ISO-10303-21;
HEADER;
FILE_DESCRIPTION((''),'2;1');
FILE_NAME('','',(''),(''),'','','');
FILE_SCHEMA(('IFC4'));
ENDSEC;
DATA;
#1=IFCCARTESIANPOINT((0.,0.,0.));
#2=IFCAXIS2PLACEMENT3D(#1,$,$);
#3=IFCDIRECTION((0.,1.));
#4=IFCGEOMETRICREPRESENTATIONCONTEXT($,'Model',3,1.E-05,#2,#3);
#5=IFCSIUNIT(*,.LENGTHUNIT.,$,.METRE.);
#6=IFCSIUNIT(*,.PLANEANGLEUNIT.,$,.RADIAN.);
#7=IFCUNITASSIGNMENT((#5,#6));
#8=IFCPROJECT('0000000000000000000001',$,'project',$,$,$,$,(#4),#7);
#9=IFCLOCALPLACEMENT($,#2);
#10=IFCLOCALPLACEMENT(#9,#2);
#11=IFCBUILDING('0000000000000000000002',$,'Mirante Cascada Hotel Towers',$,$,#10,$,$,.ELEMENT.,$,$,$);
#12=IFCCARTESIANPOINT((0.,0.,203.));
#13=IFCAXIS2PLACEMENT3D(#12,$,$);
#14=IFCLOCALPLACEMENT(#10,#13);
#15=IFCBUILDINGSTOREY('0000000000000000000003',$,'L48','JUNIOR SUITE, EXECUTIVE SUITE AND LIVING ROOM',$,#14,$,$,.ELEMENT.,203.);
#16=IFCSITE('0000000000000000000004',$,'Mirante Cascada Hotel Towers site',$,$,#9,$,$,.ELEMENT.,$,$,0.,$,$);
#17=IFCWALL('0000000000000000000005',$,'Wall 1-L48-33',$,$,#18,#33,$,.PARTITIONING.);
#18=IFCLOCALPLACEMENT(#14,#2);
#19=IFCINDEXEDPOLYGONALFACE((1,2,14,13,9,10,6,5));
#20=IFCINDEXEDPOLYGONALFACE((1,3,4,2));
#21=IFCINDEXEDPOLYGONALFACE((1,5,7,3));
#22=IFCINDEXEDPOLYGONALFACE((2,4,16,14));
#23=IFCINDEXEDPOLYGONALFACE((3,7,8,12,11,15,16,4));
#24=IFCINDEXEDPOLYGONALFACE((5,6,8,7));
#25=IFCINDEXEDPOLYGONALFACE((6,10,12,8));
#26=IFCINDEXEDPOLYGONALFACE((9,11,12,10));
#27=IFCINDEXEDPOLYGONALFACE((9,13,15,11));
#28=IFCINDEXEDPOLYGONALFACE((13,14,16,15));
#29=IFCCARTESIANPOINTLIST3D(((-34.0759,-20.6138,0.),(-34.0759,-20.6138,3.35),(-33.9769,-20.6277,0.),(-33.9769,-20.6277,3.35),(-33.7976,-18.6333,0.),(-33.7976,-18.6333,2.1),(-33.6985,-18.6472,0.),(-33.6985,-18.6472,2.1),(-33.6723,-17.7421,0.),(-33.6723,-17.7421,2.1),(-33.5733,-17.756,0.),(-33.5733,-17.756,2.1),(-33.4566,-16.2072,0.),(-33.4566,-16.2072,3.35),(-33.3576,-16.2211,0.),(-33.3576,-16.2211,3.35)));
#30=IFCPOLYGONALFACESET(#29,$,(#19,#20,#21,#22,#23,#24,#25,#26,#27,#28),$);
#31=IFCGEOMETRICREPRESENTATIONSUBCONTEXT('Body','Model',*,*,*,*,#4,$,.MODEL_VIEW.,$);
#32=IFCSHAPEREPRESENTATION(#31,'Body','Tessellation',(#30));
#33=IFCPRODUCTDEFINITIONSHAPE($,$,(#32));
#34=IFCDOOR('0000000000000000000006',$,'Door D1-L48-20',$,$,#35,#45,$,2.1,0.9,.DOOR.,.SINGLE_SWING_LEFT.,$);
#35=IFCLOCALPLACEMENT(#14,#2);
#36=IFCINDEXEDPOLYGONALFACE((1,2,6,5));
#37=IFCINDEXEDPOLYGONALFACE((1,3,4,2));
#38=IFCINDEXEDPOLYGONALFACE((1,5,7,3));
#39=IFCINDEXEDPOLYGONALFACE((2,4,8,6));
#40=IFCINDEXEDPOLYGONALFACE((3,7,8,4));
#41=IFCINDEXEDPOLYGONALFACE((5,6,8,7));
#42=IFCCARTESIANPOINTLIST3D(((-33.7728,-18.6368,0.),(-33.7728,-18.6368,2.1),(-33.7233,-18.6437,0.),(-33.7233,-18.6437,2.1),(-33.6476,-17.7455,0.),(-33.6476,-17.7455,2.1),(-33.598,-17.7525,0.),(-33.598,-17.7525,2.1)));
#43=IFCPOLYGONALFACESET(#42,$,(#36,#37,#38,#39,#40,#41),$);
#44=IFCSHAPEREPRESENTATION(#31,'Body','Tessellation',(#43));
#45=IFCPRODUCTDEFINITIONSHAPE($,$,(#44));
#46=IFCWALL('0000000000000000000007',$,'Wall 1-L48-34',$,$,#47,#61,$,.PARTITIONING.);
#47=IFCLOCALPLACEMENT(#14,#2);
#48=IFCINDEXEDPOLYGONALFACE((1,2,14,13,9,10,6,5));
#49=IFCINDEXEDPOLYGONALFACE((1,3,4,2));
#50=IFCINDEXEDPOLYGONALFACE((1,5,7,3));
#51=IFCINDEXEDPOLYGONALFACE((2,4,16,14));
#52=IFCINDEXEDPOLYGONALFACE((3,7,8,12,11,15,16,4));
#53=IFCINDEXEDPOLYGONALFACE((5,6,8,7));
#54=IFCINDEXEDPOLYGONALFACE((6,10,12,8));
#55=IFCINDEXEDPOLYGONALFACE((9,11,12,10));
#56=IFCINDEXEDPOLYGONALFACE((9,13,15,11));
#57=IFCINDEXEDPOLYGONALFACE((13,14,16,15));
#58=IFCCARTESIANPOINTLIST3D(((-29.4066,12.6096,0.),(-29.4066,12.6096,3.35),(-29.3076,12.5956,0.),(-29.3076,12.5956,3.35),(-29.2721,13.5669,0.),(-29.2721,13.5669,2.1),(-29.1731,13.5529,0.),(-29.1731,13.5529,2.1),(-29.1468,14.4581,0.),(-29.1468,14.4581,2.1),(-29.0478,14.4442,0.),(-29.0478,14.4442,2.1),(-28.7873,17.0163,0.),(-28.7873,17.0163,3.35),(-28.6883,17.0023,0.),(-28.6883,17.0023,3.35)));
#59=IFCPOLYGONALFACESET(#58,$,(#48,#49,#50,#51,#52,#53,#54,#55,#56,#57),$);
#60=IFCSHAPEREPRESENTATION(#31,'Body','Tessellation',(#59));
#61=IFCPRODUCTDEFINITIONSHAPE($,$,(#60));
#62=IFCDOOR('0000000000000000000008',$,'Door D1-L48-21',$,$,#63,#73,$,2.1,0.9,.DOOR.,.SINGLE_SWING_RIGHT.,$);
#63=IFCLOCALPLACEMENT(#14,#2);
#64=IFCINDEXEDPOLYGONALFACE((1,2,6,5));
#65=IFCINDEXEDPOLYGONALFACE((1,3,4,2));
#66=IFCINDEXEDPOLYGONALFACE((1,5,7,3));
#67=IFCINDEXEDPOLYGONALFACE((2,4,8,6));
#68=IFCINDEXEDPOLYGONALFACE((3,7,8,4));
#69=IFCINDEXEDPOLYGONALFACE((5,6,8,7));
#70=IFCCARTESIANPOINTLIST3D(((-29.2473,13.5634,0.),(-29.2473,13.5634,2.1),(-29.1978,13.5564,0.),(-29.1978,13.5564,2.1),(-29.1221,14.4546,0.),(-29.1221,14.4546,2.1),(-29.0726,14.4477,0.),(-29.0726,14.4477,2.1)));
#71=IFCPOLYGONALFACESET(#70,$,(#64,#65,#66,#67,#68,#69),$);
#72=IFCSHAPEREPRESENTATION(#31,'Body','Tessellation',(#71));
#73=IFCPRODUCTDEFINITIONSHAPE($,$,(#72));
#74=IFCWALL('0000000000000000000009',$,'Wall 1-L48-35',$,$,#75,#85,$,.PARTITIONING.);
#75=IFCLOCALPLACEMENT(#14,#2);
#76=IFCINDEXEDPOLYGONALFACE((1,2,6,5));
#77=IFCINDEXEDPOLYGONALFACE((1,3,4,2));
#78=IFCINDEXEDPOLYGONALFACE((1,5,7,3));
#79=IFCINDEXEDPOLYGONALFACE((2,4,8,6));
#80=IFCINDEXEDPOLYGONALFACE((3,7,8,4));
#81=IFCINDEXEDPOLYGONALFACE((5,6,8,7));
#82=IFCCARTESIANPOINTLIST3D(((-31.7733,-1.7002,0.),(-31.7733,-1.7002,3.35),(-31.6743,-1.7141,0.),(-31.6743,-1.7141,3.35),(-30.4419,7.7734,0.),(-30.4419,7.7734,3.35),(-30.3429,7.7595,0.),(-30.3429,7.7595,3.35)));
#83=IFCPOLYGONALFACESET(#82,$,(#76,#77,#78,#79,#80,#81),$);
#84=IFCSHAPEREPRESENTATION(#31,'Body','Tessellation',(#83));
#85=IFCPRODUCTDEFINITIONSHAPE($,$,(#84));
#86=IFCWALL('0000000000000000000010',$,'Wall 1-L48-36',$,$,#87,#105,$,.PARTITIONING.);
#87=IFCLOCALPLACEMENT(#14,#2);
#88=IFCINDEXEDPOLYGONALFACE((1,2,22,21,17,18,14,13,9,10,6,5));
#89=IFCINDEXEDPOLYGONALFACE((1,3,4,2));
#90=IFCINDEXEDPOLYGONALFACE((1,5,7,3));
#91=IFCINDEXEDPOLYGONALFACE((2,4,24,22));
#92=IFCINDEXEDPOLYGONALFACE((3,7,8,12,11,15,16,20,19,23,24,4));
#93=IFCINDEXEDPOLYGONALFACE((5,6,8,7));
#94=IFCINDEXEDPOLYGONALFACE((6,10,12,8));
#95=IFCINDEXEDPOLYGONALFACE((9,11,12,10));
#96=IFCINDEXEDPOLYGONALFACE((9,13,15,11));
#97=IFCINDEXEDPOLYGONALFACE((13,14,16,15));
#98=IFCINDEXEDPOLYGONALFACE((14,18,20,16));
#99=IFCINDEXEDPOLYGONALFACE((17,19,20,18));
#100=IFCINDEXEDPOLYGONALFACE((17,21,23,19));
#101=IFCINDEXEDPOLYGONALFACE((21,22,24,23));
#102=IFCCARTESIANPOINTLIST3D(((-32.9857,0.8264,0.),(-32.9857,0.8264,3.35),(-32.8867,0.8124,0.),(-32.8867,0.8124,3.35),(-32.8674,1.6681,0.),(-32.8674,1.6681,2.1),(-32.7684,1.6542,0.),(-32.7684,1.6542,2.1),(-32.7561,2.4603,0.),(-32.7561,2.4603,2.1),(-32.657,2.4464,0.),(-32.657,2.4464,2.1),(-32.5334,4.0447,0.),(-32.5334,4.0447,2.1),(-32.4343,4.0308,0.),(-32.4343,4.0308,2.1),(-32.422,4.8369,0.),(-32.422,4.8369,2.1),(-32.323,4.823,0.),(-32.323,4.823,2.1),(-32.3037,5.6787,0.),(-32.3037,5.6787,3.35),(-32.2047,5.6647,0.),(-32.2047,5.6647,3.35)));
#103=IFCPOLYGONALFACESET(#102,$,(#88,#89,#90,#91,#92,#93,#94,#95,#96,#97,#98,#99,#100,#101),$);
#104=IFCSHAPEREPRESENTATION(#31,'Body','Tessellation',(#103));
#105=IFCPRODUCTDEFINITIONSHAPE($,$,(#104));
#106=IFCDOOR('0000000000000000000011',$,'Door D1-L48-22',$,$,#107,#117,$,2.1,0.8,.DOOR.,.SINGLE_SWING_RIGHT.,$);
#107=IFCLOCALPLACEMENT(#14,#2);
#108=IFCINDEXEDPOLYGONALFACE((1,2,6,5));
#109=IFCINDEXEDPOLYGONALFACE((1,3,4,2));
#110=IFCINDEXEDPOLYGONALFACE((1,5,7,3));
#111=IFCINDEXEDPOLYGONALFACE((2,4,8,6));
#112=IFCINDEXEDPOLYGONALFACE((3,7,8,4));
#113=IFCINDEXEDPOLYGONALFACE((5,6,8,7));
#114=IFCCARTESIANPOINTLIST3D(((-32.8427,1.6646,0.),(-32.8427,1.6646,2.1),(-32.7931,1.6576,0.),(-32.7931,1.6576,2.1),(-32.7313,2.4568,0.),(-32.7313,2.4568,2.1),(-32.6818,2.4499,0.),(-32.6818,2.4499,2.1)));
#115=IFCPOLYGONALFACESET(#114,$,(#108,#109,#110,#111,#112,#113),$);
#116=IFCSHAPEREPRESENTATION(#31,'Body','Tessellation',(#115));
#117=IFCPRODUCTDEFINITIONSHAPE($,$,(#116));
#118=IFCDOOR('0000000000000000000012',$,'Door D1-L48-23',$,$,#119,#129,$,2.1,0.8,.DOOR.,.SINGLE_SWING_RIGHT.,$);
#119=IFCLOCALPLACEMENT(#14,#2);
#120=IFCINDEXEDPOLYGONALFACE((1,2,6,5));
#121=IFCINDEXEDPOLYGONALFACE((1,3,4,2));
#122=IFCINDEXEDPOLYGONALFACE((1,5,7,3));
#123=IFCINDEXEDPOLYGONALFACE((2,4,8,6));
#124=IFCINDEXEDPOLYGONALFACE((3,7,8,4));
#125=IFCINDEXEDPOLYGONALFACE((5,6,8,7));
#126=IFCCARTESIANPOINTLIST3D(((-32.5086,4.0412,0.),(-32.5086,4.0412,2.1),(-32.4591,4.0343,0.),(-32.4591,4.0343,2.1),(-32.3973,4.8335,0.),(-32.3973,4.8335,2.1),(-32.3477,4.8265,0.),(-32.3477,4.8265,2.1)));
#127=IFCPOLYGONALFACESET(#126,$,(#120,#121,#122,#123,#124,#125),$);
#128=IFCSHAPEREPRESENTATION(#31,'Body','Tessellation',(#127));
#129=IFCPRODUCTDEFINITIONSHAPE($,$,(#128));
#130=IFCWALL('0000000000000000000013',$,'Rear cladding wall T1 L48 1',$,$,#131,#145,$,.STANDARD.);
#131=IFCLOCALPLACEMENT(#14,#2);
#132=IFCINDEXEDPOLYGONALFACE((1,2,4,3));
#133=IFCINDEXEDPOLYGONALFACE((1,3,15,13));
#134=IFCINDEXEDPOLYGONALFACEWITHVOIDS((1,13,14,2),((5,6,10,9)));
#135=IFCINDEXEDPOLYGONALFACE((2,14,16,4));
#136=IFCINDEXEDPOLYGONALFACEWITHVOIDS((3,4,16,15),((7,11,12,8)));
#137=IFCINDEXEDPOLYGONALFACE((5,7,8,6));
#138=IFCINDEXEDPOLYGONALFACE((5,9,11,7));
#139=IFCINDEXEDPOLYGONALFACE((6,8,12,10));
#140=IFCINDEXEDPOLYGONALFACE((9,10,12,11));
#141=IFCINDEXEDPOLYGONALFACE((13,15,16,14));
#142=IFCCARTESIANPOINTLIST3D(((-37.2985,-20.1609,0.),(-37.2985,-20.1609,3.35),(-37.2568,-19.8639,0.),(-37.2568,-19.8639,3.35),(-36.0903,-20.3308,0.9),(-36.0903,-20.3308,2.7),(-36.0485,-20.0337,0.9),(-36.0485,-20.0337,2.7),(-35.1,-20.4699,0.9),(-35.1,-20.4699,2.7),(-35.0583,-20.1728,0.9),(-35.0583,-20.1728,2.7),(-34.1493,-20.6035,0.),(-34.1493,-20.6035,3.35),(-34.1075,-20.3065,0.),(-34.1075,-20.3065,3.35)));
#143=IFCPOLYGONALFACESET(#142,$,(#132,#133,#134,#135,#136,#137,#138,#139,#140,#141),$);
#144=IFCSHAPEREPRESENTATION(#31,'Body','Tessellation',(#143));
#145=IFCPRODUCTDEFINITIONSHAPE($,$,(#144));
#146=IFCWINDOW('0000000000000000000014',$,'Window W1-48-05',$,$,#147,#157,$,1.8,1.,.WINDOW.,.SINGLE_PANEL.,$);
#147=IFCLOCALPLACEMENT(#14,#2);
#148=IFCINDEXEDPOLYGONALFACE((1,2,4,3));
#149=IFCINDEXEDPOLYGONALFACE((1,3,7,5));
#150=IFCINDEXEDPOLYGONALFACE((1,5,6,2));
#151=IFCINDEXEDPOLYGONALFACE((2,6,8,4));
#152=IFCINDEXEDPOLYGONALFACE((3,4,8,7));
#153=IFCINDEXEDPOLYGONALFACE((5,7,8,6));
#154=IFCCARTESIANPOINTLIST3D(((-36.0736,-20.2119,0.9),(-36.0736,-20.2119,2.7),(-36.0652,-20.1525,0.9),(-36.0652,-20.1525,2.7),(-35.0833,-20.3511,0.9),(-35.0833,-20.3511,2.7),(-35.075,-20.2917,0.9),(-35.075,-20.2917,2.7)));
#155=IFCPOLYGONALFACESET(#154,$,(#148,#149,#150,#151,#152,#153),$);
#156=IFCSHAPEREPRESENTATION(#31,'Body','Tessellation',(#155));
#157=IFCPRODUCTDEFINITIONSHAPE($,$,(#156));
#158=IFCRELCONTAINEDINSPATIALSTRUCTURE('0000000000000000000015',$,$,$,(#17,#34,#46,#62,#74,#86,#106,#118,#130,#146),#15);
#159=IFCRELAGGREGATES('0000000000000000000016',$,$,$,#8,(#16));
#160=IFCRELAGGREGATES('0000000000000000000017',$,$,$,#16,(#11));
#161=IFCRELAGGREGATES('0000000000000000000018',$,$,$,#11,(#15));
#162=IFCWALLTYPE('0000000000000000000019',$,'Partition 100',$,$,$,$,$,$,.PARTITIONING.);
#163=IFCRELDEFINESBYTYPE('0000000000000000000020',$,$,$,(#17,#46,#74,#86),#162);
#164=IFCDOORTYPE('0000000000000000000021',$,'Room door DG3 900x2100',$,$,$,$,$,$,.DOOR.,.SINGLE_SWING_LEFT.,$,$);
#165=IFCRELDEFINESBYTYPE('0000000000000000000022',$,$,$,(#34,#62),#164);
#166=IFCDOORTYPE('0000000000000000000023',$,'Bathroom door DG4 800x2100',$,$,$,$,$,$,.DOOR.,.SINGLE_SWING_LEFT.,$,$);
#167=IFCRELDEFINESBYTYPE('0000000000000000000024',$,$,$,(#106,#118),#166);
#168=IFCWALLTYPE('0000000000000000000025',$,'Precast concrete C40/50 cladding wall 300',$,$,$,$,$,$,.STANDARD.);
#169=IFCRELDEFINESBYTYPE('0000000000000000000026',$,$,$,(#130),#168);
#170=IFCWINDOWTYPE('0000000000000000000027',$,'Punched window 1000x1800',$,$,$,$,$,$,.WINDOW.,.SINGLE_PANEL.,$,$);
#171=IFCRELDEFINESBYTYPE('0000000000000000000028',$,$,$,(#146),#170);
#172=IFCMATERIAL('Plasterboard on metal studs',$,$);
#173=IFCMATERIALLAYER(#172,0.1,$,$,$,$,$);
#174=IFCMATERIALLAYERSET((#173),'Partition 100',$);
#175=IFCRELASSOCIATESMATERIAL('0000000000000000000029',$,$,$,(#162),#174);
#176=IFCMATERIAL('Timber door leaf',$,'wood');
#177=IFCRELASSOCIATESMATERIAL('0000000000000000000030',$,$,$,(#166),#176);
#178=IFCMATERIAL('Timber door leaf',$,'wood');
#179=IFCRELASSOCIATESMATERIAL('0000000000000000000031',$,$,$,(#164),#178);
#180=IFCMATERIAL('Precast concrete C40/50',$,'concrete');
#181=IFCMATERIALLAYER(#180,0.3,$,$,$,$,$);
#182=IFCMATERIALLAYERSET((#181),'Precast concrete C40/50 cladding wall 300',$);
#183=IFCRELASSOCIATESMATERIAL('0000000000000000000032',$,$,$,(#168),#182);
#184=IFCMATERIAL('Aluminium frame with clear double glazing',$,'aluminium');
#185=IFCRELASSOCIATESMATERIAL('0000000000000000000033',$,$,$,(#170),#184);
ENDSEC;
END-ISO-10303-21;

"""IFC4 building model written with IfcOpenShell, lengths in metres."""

from ifc_helpers import new_model, si_unit, direction, frame, frame_2d, origin, place, context, subcontext, project, spatial, rectangle, extrude, material, layer, layer_set, type_object, element, fill, save


model = new_model("IFC4")

# Units and contexts
model_context = context("Model", 3, precision=1e-05, world=origin(), true_north=direction((0.0, 1.0)))
body_context = subcontext(model_context, "Body", "Model", "MODEL_VIEW")
ifc_project = project(units=[si_unit("LENGTHUNIT", "METRE"), si_unit("PLANEANGLEUNIT", "RADIAN")], contexts=[model_context])

# Site, building, storey
site_placement = place(None, origin())
site = spatial("IfcSite", under=ifc_project, at=site_placement, Name="Mirante Cascada Hotel Towers site", CompositionType="ELEMENT", RefElevation=0.0)
building_placement = place(site_placement, origin())
building = spatial("IfcBuilding", under=site, at=building_placement, Name="Mirante Cascada Hotel Towers", CompositionType="ELEMENT")
storey_placement = place(building_placement, frame((0.0, 0.0, 203.0)))
storey = spatial("IfcBuildingStorey", under=building, at=storey_placement, Name="L48", Description="JUNIOR SUITE, EXECUTIVE SUITE AND LIVING ROOM", CompositionType="ELEMENT", Elevation=203.0)

# Shared definitions
ifc_material_1 = material(Name="Plasterboard on metal studs")
ifc_layer_1 = layer(ifc_material_1, 0.1)
ifc_layer_set_1 = layer_set([ifc_layer_1], Name="Partition 100")
wall_type_1 = type_object("IfcWallType", Name="Partition 100", PredefinedType="PARTITIONING", material=ifc_layer_set_1)

# Walls, openings, doors
ifc_material_2 = material(Name="Timber door leaf", Category="wood")
door_type_1 = type_object("IfcDoorType", Name="Bathroom door DG4 800x2100", OperationType="SINGLE_SWING_LEFT", PredefinedType="DOOR", material=ifc_material_2)
ifc_material_3 = material(Name="Timber door leaf", Category="wood")
door_type_2 = type_object("IfcDoorType", Name="Room door DG3 900x2100", OperationType="SINGLE_SWING_LEFT", PredefinedType="DOOR", material=ifc_material_3)
wall_1_placement = place(storey_placement, frame((-34.0264, -20.6208, 0.0), z_axis=(0.0, 0.0, 1.0), x_axis=(0.139172, 0.990268, 0.0)))
wall_1 = element("IfcWall", 1, at=wall_1_placement, inside=storey, type_object=wall_type_1, Name="Wall 1-L48-33", PredefinedType="PARTITIONING", context=body_context, shape_type="SweptSolid", body=[
    extrude(rectangle(XDim=4.4499, YDim=0.1, at=frame_2d((2.225, 0.0))), origin(), (0.0, 0.0, 1.0), 3.35),
])
opening_1_placement = place(wall_1_placement, frame((2.0, 0.0, 0.0)))
opening_1 = element("IfcOpeningElement", 2, at=opening_1_placement, cuts=wall_1, PredefinedType="OPENING", context=body_context, shape_type="SweptSolid", body=[
    extrude(rectangle(XDim=0.9, YDim=2.1, at=frame_2d((0.45, 1.05))), frame((0.0, 0.05, 0.0), z_axis=(0.0, -1.0, 0.0), x_axis=(1.0, 0.0, 0.0)), (0.0, 0.0, 1.0), 0.1),
])
door_1_placement = place(opening_1_placement, origin())
door_1 = element("IfcDoor", 3, at=door_1_placement, inside=storey, type_object=door_type_2, Name="Door D1-L48-20", OperationType="SINGLE_SWING_LEFT", OverallHeight=2.1, OverallWidth=0.9, PredefinedType="DOOR", context=body_context, shape_type="SweptSolid", body=[
    extrude(rectangle(XDim=0.9, YDim=2.1, at=frame_2d((0.45, 1.05))), frame((0.0, 0.025, 0.0), z_axis=(0.0, -1.0, 0.0), x_axis=(1.0, 0.0, 0.0)), (0.0, 0.0, 1.0), 0.05),
])
fill(opening_1, door_1)
wall_2_placement = place(storey_placement, frame((-28.7378, 17.0093, 0.0), z_axis=(0.0, 0.0, 1.0), x_axis=(-0.139168, -0.990269, 0.0)))
wall_2 = element("IfcWall", 4, at=wall_2_placement, inside=storey, type_object=wall_type_1, Name="Wall 1-L48-34", PredefinedType="PARTITIONING", context=body_context, shape_type="SweptSolid", body=[
    extrude(rectangle(XDim=4.45, YDim=0.1, at=frame_2d((2.225, 0.0))), origin(), (0.0, 0.0, 1.0), 3.35),
])
opening_2_placement = place(wall_2_placement, frame((2.5833, 0.0, 0.0)))
opening_2 = element("IfcOpeningElement", 5, at=opening_2_placement, cuts=wall_2, PredefinedType="OPENING", context=body_context, shape_type="SweptSolid", body=[
    extrude(rectangle(XDim=0.9, YDim=2.1, at=frame_2d((0.45, 1.05))), frame((0.0, 0.05, 0.0), z_axis=(0.0, -1.0, 0.0), x_axis=(1.0, 0.0, 0.0)), (0.0, 0.0, 1.0), 0.1),
])
door_2_placement = place(opening_2_placement, frame((0.9, 0.0, 0.0), z_axis=(0.0, 0.0, 1.0), x_axis=(-1.0, 0.0, 0.0)))
door_2 = element("IfcDoor", 6, at=door_2_placement, inside=storey, type_object=door_type_2, Name="Door D1-L48-21", OperationType="SINGLE_SWING_RIGHT", OverallHeight=2.1, OverallWidth=0.9, PredefinedType="DOOR", context=body_context, shape_type="SweptSolid", body=[
    extrude(rectangle(XDim=0.9, YDim=2.1, at=frame_2d((0.45, 1.05))), frame((0.0, 0.025, 0.0), z_axis=(0.0, -1.0, 0.0), x_axis=(1.0, 0.0, 0.0)), (0.0, 0.0, 1.0), 0.05),
])
fill(opening_2, door_2)

# Wall
wall_3_placement = place(storey_placement, frame((-31.7238, -1.7072, 0.0), z_axis=(0.0, 0.0, 1.0), x_axis=(0.13917, 0.990268, 0.0)))
element("IfcWall", 7, at=wall_3_placement, inside=storey, type_object=wall_type_1, Name="Wall 1-L48-35", PredefinedType="PARTITIONING", context=body_context, shape_type="SweptSolid", body=[
    extrude(rectangle(XDim=9.5667, YDim=0.1, at=frame_2d((4.7834, 0.0))), origin(), (0.0, 0.0, 1.0), 3.35),
])

# Wall, openings, doors
wall_4_placement = place(storey_placement, frame((-32.2542, 5.6717, 0.0), z_axis=(0.0, 0.0, 1.0), x_axis=(-0.139184, -0.990267, 0.0)))
wall_4 = element("IfcWall", 8, at=wall_4_placement, inside=storey, type_object=wall_type_1, Name="Wall 1-L48-36", PredefinedType="PARTITIONING", context=body_context, shape_type="SweptSolid", body=[
    extrude(rectangle(XDim=4.9, YDim=0.1, at=frame_2d((2.45, 0.0))), origin(), (0.0, 0.0, 1.0), 3.35),
])
opening_3_placement = place(wall_4_placement, frame((3.25, 0.0, 0.0)))
opening_3 = element("IfcOpeningElement", 9, at=opening_3_placement, cuts=wall_4, PredefinedType="OPENING", context=body_context, shape_type="SweptSolid", body=[
    extrude(rectangle(XDim=0.8, YDim=2.1, at=frame_2d((0.4, 1.05))), frame((0.0, 0.05, 0.0), z_axis=(0.0, -1.0, 0.0), x_axis=(1.0, 0.0, 0.0)), (0.0, 0.0, 1.0), 0.1),
])
opening_4_placement = place(wall_4_placement, frame((0.85, 0.0, 0.0)))
opening_4 = element("IfcOpeningElement", 10, at=opening_4_placement, cuts=wall_4, PredefinedType="OPENING", context=body_context, shape_type="SweptSolid", body=[
    extrude(rectangle(XDim=0.8, YDim=2.1, at=frame_2d((0.4, 1.05))), frame((0.0, 0.05, 0.0), z_axis=(0.0, -1.0, 0.0), x_axis=(1.0, 0.0, 0.0)), (0.0, 0.0, 1.0), 0.1),
])
door_3_placement = place(opening_3_placement, frame((0.8, 0.0, 0.0), z_axis=(0.0, 0.0, 1.0), x_axis=(-1.0, 0.0, 0.0)))
door_3 = element("IfcDoor", 11, at=door_3_placement, inside=storey, type_object=door_type_1, Name="Door D1-L48-22", OperationType="SINGLE_SWING_RIGHT", OverallHeight=2.1, OverallWidth=0.8, PredefinedType="DOOR", context=body_context, shape_type="SweptSolid", body=[
    extrude(rectangle(XDim=0.8, YDim=2.1, at=frame_2d((0.4, 1.05))), frame((0.0, 0.025, 0.0), z_axis=(0.0, -1.0, 0.0), x_axis=(1.0, 0.0, 0.0)), (0.0, 0.0, 1.0), 0.05),
])
fill(opening_3, door_3)
door_4_placement = place(opening_4_placement, frame((0.8, 0.0, 0.0), z_axis=(0.0, 0.0, 1.0), x_axis=(-1.0, 0.0, 0.0)))
door_4 = element("IfcDoor", 12, at=door_4_placement, inside=storey, type_object=door_type_1, Name="Door D1-L48-23", OperationType="SINGLE_SWING_RIGHT", OverallHeight=2.1, OverallWidth=0.8, PredefinedType="DOOR", context=body_context, shape_type="SweptSolid", body=[
    extrude(rectangle(XDim=0.8, YDim=2.1, at=frame_2d((0.4, 1.05))), frame((0.0, 0.025, 0.0), z_axis=(0.0, -1.0, 0.0), x_axis=(1.0, 0.0, 0.0)), (0.0, 0.0, 1.0), 0.05),
])
fill(opening_4, door_4)

# Wall, opening, window
ifc_material_4 = material(Name="Precast concrete C40/50", Category="concrete")
ifc_layer_2 = layer(ifc_material_4, 0.3)
ifc_layer_set_2 = layer_set([ifc_layer_2], Name="Precast concrete C40/50 cladding wall 300")
wall_type_2 = type_object("IfcWallType", Name="Precast concrete C40/50 cladding wall 300", PredefinedType="STANDARD", material=ifc_layer_set_2)
wall_5_placement = place(storey_placement, frame((-34.1284, -20.455, 0.0), z_axis=(0.0, 0.0, 1.0), x_axis=(-0.990268, 0.139172, 0.0)))
wall_5 = element("IfcWall", 13, at=wall_5_placement, inside=storey, type_object=wall_type_2, Name="Rear cladding wall T1 L48 1", PredefinedType="STANDARD", context=body_context, shape_type="SweptSolid", body=[
    extrude(rectangle(XDim=3.1802, YDim=0.3, at=frame_2d((1.5901, 0.0))), origin(), (0.0, 0.0, 1.0), 3.35),
])
opening_5_placement = place(wall_5_placement, frame((0.9601, 0.0, 0.9)))
opening_5 = element("IfcOpeningElement", 14, at=opening_5_placement, cuts=wall_5, PredefinedType="OPENING", context=body_context, shape_type="SweptSolid", body=[
    extrude(rectangle(XDim=1.0, YDim=1.8, at=frame_2d((0.5, 0.9))), frame((0.0, 0.15, 0.0), z_axis=(0.0, -1.0, 0.0), x_axis=(1.0, 0.0, 0.0)), (0.0, 0.0, 1.0), 0.3),
])
ifc_material_5 = material(Name="Aluminium frame with clear double glazing", Category="aluminium")
window_type_1 = type_object("IfcWindowType", Name="Punched window 1000x1800", PartitioningType="SINGLE_PANEL", PredefinedType="WINDOW", material=ifc_material_5)
window_1_placement = place(opening_5_placement, origin())
window_1 = element("IfcWindow", 15, at=window_1_placement, inside=storey, type_object=window_type_1, Name="Window W1-48-05", OverallHeight=1.8, OverallWidth=1.0, PartitioningType="SINGLE_PANEL", PredefinedType="WINDOW", context=body_context, shape_type="SweptSolid", body=[
    extrude(rectangle(XDim=1.0, YDim=1.8, at=frame_2d((0.5, 0.9))), frame((0.0, 0.03, 0.0), z_axis=(0.0, -1.0, 0.0), x_axis=(1.0, 0.0, 0.0)), (0.0, 0.0, 1.0), 0.06),
])
fill(opening_5, window_1)

save(model, "model.ifc")
